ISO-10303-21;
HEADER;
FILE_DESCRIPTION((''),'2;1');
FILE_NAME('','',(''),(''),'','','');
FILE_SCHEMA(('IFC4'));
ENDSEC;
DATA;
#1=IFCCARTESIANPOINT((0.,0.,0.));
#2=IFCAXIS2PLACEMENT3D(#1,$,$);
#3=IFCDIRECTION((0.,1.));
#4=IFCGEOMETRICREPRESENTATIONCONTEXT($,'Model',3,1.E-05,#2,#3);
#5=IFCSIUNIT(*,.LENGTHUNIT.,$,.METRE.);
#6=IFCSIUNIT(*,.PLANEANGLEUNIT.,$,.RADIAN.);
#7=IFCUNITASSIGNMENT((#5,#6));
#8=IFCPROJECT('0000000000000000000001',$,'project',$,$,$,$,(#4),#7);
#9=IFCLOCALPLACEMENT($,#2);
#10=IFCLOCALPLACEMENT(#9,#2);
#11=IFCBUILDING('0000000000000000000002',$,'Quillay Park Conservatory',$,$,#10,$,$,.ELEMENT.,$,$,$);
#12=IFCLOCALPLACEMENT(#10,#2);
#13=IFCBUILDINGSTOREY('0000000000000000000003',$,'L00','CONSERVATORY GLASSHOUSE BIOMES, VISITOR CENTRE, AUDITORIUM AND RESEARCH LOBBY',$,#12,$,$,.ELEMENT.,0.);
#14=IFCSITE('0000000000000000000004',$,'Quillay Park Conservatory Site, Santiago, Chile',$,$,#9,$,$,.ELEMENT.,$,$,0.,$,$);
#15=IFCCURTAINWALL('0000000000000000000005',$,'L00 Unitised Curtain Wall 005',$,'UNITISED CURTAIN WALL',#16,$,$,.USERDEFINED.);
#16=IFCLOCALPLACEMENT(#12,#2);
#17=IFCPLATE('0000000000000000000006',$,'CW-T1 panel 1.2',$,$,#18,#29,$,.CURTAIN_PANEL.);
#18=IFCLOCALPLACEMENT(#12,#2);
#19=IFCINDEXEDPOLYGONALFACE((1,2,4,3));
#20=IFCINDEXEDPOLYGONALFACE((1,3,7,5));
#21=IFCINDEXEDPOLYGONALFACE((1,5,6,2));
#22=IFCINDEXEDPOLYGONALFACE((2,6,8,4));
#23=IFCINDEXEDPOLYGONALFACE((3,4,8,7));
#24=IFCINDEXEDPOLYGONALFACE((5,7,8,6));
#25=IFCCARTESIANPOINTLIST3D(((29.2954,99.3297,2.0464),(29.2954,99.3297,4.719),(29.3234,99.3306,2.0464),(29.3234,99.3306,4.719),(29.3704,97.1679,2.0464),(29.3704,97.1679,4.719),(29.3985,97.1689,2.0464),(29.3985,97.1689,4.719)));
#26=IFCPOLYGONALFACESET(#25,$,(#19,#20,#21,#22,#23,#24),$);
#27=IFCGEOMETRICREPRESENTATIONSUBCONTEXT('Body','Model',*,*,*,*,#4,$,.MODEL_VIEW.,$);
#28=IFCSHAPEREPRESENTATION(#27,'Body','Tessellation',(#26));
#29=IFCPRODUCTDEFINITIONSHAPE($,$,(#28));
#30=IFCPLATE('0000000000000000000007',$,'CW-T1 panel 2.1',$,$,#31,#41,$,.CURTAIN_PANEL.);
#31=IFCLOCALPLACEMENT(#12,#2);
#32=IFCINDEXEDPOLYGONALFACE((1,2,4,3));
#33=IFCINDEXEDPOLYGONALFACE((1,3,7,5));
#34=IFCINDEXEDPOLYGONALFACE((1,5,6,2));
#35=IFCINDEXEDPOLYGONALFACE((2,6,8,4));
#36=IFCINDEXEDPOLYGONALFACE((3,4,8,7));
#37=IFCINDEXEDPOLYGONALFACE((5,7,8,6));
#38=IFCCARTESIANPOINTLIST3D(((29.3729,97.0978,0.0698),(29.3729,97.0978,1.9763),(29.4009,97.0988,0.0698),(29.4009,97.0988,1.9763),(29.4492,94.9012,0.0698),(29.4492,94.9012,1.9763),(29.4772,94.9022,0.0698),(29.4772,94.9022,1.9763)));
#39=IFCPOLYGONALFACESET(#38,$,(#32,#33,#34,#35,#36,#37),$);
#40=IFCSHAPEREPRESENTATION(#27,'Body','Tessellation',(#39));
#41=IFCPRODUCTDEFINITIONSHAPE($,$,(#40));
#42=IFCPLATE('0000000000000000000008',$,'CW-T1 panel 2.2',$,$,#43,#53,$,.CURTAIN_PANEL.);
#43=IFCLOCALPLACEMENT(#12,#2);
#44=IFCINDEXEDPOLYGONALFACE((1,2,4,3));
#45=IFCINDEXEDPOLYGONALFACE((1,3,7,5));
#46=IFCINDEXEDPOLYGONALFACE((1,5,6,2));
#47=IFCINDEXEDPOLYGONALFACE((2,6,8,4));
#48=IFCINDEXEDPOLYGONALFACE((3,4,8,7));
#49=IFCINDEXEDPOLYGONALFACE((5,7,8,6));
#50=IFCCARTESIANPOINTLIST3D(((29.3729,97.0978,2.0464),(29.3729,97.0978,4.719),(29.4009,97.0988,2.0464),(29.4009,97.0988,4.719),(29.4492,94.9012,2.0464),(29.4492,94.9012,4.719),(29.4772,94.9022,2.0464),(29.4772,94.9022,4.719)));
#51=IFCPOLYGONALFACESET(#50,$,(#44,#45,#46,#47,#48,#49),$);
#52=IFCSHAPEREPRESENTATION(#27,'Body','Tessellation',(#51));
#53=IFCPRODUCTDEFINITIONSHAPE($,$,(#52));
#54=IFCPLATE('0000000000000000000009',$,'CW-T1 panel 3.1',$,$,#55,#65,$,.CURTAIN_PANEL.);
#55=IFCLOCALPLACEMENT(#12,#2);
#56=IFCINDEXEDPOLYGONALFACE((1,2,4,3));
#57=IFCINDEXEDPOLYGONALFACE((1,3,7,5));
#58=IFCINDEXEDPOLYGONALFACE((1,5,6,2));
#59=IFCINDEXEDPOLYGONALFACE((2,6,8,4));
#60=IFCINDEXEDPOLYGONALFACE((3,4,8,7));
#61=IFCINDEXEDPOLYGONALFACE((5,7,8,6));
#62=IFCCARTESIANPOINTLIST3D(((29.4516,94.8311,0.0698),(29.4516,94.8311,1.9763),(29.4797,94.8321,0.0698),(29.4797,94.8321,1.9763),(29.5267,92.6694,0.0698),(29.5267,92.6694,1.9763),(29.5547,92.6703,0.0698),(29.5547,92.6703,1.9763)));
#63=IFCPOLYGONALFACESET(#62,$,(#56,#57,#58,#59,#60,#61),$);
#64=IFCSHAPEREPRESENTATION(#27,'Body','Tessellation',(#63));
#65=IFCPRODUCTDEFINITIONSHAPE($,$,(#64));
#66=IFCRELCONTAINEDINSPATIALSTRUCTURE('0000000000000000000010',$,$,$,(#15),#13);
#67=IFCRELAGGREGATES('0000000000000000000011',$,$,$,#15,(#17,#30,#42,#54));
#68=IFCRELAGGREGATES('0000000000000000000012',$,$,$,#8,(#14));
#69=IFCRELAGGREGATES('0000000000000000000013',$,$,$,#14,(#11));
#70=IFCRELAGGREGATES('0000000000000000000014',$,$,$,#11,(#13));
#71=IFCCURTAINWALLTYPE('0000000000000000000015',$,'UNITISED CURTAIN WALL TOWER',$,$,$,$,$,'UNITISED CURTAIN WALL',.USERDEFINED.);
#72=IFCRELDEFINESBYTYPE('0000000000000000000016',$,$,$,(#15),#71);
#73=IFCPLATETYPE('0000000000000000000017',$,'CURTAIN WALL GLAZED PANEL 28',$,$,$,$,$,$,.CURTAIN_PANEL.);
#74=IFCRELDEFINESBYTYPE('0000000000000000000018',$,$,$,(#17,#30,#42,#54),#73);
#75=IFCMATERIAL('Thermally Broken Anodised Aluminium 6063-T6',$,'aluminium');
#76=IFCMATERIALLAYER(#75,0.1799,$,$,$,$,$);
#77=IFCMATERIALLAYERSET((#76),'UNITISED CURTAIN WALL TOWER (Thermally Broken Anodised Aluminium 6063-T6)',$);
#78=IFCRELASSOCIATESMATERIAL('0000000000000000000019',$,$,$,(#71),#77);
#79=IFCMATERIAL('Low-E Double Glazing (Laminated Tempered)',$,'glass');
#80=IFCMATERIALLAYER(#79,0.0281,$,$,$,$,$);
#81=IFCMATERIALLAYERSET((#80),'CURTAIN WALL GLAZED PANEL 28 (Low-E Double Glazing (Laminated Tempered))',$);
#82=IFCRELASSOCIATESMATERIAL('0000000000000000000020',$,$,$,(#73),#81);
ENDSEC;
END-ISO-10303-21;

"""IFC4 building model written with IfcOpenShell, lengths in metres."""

from ifc_helpers import new_model, si_unit, direction, frame, origin, origin_2d, place, context, subcontext, project, spatial, rectangle, extrude, material, layer, layer_set, type_object, element, aggregate, save


model = new_model("IFC4")

# Units and contexts
model_context = context("Model", 3, precision=1e-05, world=origin(), true_north=direction((0.0, 1.0)))
body_context = subcontext(model_context, "Body", "Model", "MODEL_VIEW")
ifc_project = project(units=[si_unit("LENGTHUNIT", "METRE"), si_unit("PLANEANGLEUNIT", "RADIAN")], contexts=[model_context])

# Site, building, storey
site_placement = place(None, origin())
site = spatial("IfcSite", under=ifc_project, at=site_placement, Name="Quillay Park Conservatory Site, Santiago, Chile", CompositionType="ELEMENT", RefElevation=0.0)
building_placement = place(site_placement, origin())
building = spatial("IfcBuilding", under=site, at=building_placement, Name="Quillay Park Conservatory", CompositionType="ELEMENT")
storey_placement = place(building_placement, origin())
storey = spatial("IfcBuildingStorey", under=building, at=storey_placement, Name="L00", Description="CONSERVATORY GLASSHOUSE BIOMES, VISITOR CENTRE, AUDITORIUM AND RESEARCH LOBBY", CompositionType="ELEMENT", Elevation=0.0)

# Curtain wall
ifc_material_1 = material(Name="Thermally Broken Anodised Aluminium 6063-T6", Category="aluminium")
ifc_layer_1 = layer(ifc_material_1, 0.1799)
ifc_layer_set_1 = layer_set([ifc_layer_1], Name="UNITISED CURTAIN WALL TOWER (Thermally Broken Anodised Aluminium 6063-T6)")
curtain_wall_type = type_object("IfcCurtainWallType", Name="UNITISED CURTAIN WALL TOWER", ElementType="UNITISED CURTAIN WALL", PredefinedType="USERDEFINED", material=ifc_layer_set_1)
curtain_wall_placement = place(storey_placement, origin())
curtain_wall = element("IfcCurtainWall", 1, at=curtain_wall_placement, inside=storey, type_object=curtain_wall_type, Name="L00 Unitised Curtain Wall 005", ObjectType="UNITISED CURTAIN WALL", PredefinedType="USERDEFINED")

# Plates
ifc_material_2 = material(Name="Low-E Double Glazing (Laminated Tempered)", Category="glass")
ifc_layer_2 = layer(ifc_material_2, 0.0281)
ifc_layer_set_2 = layer_set([ifc_layer_2], Name="CURTAIN WALL GLAZED PANEL 28 (Low-E Double Glazing (Laminated Tempered))")
plate_type = type_object("IfcPlateType", Name="CURTAIN WALL GLAZED PANEL 28", PredefinedType="CURTAIN_PANEL", material=ifc_layer_set_2)
plate_1_placement = place(storey_placement, frame((29.3469, 98.2493, 2.0464), z_axis=(0.0, 0.0, 1.0), x_axis=(0.034713, -0.999397, 0.0)))
plate_1 = element("IfcPlate", 2, at=plate_1_placement, type_object=plate_type, Name="CW-T1 panel 1.2", PredefinedType="CURTAIN_PANEL", context=body_context, shape_type="SweptSolid", body=[
    extrude(rectangle(XDim=2.1631, YDim=0.0281, at=origin_2d()), origin(), (0.0, 0.0, 1.0), 2.6726),
])
plate_2_placement = place(storey_placement, frame((29.425, 96.0, 0.0698), z_axis=(0.0, 0.0, 1.0), x_axis=(0.034713, -0.999397, 0.0)))
plate_2 = element("IfcPlate", 3, at=plate_2_placement, type_object=plate_type, Name="CW-T1 panel 2.1", PredefinedType="CURTAIN_PANEL", context=body_context, shape_type="SweptSolid", body=[
    extrude(rectangle(XDim=2.198, YDim=0.0281, at=origin_2d()), origin(), (0.0, 0.0, 1.0), 1.9065),
])
plate_3_placement = place(storey_placement, frame((29.425, 96.0, 2.0464), z_axis=(0.0, 0.0, 1.0), x_axis=(0.034713, -0.999397, 0.0)))
plate_3 = element("IfcPlate", 4, at=plate_3_placement, type_object=plate_type, Name="CW-T1 panel 2.2", PredefinedType="CURTAIN_PANEL", context=body_context, shape_type="SweptSolid", body=[
    extrude(rectangle(XDim=2.198, YDim=0.0281, at=origin_2d()), origin(), (0.0, 0.0, 1.0), 2.6726),
])
plate_4_placement = place(storey_placement, frame((29.5032, 93.7507, 0.0698), z_axis=(0.0, 0.0, 1.0), x_axis=(0.034713, -0.999397, 0.0)))
plate_4 = element("IfcPlate", 5, at=plate_4_placement, type_object=plate_type, Name="CW-T1 panel 3.1", PredefinedType="CURTAIN_PANEL", context=body_context, shape_type="SweptSolid", body=[
    extrude(rectangle(XDim=2.1631, YDim=0.0281, at=origin_2d()), origin(), (0.0, 0.0, 1.0), 1.9065),
])
aggregate(curtain_wall, [plate_1, plate_2, plate_3, plate_4])

save(model, "model.ifc")
